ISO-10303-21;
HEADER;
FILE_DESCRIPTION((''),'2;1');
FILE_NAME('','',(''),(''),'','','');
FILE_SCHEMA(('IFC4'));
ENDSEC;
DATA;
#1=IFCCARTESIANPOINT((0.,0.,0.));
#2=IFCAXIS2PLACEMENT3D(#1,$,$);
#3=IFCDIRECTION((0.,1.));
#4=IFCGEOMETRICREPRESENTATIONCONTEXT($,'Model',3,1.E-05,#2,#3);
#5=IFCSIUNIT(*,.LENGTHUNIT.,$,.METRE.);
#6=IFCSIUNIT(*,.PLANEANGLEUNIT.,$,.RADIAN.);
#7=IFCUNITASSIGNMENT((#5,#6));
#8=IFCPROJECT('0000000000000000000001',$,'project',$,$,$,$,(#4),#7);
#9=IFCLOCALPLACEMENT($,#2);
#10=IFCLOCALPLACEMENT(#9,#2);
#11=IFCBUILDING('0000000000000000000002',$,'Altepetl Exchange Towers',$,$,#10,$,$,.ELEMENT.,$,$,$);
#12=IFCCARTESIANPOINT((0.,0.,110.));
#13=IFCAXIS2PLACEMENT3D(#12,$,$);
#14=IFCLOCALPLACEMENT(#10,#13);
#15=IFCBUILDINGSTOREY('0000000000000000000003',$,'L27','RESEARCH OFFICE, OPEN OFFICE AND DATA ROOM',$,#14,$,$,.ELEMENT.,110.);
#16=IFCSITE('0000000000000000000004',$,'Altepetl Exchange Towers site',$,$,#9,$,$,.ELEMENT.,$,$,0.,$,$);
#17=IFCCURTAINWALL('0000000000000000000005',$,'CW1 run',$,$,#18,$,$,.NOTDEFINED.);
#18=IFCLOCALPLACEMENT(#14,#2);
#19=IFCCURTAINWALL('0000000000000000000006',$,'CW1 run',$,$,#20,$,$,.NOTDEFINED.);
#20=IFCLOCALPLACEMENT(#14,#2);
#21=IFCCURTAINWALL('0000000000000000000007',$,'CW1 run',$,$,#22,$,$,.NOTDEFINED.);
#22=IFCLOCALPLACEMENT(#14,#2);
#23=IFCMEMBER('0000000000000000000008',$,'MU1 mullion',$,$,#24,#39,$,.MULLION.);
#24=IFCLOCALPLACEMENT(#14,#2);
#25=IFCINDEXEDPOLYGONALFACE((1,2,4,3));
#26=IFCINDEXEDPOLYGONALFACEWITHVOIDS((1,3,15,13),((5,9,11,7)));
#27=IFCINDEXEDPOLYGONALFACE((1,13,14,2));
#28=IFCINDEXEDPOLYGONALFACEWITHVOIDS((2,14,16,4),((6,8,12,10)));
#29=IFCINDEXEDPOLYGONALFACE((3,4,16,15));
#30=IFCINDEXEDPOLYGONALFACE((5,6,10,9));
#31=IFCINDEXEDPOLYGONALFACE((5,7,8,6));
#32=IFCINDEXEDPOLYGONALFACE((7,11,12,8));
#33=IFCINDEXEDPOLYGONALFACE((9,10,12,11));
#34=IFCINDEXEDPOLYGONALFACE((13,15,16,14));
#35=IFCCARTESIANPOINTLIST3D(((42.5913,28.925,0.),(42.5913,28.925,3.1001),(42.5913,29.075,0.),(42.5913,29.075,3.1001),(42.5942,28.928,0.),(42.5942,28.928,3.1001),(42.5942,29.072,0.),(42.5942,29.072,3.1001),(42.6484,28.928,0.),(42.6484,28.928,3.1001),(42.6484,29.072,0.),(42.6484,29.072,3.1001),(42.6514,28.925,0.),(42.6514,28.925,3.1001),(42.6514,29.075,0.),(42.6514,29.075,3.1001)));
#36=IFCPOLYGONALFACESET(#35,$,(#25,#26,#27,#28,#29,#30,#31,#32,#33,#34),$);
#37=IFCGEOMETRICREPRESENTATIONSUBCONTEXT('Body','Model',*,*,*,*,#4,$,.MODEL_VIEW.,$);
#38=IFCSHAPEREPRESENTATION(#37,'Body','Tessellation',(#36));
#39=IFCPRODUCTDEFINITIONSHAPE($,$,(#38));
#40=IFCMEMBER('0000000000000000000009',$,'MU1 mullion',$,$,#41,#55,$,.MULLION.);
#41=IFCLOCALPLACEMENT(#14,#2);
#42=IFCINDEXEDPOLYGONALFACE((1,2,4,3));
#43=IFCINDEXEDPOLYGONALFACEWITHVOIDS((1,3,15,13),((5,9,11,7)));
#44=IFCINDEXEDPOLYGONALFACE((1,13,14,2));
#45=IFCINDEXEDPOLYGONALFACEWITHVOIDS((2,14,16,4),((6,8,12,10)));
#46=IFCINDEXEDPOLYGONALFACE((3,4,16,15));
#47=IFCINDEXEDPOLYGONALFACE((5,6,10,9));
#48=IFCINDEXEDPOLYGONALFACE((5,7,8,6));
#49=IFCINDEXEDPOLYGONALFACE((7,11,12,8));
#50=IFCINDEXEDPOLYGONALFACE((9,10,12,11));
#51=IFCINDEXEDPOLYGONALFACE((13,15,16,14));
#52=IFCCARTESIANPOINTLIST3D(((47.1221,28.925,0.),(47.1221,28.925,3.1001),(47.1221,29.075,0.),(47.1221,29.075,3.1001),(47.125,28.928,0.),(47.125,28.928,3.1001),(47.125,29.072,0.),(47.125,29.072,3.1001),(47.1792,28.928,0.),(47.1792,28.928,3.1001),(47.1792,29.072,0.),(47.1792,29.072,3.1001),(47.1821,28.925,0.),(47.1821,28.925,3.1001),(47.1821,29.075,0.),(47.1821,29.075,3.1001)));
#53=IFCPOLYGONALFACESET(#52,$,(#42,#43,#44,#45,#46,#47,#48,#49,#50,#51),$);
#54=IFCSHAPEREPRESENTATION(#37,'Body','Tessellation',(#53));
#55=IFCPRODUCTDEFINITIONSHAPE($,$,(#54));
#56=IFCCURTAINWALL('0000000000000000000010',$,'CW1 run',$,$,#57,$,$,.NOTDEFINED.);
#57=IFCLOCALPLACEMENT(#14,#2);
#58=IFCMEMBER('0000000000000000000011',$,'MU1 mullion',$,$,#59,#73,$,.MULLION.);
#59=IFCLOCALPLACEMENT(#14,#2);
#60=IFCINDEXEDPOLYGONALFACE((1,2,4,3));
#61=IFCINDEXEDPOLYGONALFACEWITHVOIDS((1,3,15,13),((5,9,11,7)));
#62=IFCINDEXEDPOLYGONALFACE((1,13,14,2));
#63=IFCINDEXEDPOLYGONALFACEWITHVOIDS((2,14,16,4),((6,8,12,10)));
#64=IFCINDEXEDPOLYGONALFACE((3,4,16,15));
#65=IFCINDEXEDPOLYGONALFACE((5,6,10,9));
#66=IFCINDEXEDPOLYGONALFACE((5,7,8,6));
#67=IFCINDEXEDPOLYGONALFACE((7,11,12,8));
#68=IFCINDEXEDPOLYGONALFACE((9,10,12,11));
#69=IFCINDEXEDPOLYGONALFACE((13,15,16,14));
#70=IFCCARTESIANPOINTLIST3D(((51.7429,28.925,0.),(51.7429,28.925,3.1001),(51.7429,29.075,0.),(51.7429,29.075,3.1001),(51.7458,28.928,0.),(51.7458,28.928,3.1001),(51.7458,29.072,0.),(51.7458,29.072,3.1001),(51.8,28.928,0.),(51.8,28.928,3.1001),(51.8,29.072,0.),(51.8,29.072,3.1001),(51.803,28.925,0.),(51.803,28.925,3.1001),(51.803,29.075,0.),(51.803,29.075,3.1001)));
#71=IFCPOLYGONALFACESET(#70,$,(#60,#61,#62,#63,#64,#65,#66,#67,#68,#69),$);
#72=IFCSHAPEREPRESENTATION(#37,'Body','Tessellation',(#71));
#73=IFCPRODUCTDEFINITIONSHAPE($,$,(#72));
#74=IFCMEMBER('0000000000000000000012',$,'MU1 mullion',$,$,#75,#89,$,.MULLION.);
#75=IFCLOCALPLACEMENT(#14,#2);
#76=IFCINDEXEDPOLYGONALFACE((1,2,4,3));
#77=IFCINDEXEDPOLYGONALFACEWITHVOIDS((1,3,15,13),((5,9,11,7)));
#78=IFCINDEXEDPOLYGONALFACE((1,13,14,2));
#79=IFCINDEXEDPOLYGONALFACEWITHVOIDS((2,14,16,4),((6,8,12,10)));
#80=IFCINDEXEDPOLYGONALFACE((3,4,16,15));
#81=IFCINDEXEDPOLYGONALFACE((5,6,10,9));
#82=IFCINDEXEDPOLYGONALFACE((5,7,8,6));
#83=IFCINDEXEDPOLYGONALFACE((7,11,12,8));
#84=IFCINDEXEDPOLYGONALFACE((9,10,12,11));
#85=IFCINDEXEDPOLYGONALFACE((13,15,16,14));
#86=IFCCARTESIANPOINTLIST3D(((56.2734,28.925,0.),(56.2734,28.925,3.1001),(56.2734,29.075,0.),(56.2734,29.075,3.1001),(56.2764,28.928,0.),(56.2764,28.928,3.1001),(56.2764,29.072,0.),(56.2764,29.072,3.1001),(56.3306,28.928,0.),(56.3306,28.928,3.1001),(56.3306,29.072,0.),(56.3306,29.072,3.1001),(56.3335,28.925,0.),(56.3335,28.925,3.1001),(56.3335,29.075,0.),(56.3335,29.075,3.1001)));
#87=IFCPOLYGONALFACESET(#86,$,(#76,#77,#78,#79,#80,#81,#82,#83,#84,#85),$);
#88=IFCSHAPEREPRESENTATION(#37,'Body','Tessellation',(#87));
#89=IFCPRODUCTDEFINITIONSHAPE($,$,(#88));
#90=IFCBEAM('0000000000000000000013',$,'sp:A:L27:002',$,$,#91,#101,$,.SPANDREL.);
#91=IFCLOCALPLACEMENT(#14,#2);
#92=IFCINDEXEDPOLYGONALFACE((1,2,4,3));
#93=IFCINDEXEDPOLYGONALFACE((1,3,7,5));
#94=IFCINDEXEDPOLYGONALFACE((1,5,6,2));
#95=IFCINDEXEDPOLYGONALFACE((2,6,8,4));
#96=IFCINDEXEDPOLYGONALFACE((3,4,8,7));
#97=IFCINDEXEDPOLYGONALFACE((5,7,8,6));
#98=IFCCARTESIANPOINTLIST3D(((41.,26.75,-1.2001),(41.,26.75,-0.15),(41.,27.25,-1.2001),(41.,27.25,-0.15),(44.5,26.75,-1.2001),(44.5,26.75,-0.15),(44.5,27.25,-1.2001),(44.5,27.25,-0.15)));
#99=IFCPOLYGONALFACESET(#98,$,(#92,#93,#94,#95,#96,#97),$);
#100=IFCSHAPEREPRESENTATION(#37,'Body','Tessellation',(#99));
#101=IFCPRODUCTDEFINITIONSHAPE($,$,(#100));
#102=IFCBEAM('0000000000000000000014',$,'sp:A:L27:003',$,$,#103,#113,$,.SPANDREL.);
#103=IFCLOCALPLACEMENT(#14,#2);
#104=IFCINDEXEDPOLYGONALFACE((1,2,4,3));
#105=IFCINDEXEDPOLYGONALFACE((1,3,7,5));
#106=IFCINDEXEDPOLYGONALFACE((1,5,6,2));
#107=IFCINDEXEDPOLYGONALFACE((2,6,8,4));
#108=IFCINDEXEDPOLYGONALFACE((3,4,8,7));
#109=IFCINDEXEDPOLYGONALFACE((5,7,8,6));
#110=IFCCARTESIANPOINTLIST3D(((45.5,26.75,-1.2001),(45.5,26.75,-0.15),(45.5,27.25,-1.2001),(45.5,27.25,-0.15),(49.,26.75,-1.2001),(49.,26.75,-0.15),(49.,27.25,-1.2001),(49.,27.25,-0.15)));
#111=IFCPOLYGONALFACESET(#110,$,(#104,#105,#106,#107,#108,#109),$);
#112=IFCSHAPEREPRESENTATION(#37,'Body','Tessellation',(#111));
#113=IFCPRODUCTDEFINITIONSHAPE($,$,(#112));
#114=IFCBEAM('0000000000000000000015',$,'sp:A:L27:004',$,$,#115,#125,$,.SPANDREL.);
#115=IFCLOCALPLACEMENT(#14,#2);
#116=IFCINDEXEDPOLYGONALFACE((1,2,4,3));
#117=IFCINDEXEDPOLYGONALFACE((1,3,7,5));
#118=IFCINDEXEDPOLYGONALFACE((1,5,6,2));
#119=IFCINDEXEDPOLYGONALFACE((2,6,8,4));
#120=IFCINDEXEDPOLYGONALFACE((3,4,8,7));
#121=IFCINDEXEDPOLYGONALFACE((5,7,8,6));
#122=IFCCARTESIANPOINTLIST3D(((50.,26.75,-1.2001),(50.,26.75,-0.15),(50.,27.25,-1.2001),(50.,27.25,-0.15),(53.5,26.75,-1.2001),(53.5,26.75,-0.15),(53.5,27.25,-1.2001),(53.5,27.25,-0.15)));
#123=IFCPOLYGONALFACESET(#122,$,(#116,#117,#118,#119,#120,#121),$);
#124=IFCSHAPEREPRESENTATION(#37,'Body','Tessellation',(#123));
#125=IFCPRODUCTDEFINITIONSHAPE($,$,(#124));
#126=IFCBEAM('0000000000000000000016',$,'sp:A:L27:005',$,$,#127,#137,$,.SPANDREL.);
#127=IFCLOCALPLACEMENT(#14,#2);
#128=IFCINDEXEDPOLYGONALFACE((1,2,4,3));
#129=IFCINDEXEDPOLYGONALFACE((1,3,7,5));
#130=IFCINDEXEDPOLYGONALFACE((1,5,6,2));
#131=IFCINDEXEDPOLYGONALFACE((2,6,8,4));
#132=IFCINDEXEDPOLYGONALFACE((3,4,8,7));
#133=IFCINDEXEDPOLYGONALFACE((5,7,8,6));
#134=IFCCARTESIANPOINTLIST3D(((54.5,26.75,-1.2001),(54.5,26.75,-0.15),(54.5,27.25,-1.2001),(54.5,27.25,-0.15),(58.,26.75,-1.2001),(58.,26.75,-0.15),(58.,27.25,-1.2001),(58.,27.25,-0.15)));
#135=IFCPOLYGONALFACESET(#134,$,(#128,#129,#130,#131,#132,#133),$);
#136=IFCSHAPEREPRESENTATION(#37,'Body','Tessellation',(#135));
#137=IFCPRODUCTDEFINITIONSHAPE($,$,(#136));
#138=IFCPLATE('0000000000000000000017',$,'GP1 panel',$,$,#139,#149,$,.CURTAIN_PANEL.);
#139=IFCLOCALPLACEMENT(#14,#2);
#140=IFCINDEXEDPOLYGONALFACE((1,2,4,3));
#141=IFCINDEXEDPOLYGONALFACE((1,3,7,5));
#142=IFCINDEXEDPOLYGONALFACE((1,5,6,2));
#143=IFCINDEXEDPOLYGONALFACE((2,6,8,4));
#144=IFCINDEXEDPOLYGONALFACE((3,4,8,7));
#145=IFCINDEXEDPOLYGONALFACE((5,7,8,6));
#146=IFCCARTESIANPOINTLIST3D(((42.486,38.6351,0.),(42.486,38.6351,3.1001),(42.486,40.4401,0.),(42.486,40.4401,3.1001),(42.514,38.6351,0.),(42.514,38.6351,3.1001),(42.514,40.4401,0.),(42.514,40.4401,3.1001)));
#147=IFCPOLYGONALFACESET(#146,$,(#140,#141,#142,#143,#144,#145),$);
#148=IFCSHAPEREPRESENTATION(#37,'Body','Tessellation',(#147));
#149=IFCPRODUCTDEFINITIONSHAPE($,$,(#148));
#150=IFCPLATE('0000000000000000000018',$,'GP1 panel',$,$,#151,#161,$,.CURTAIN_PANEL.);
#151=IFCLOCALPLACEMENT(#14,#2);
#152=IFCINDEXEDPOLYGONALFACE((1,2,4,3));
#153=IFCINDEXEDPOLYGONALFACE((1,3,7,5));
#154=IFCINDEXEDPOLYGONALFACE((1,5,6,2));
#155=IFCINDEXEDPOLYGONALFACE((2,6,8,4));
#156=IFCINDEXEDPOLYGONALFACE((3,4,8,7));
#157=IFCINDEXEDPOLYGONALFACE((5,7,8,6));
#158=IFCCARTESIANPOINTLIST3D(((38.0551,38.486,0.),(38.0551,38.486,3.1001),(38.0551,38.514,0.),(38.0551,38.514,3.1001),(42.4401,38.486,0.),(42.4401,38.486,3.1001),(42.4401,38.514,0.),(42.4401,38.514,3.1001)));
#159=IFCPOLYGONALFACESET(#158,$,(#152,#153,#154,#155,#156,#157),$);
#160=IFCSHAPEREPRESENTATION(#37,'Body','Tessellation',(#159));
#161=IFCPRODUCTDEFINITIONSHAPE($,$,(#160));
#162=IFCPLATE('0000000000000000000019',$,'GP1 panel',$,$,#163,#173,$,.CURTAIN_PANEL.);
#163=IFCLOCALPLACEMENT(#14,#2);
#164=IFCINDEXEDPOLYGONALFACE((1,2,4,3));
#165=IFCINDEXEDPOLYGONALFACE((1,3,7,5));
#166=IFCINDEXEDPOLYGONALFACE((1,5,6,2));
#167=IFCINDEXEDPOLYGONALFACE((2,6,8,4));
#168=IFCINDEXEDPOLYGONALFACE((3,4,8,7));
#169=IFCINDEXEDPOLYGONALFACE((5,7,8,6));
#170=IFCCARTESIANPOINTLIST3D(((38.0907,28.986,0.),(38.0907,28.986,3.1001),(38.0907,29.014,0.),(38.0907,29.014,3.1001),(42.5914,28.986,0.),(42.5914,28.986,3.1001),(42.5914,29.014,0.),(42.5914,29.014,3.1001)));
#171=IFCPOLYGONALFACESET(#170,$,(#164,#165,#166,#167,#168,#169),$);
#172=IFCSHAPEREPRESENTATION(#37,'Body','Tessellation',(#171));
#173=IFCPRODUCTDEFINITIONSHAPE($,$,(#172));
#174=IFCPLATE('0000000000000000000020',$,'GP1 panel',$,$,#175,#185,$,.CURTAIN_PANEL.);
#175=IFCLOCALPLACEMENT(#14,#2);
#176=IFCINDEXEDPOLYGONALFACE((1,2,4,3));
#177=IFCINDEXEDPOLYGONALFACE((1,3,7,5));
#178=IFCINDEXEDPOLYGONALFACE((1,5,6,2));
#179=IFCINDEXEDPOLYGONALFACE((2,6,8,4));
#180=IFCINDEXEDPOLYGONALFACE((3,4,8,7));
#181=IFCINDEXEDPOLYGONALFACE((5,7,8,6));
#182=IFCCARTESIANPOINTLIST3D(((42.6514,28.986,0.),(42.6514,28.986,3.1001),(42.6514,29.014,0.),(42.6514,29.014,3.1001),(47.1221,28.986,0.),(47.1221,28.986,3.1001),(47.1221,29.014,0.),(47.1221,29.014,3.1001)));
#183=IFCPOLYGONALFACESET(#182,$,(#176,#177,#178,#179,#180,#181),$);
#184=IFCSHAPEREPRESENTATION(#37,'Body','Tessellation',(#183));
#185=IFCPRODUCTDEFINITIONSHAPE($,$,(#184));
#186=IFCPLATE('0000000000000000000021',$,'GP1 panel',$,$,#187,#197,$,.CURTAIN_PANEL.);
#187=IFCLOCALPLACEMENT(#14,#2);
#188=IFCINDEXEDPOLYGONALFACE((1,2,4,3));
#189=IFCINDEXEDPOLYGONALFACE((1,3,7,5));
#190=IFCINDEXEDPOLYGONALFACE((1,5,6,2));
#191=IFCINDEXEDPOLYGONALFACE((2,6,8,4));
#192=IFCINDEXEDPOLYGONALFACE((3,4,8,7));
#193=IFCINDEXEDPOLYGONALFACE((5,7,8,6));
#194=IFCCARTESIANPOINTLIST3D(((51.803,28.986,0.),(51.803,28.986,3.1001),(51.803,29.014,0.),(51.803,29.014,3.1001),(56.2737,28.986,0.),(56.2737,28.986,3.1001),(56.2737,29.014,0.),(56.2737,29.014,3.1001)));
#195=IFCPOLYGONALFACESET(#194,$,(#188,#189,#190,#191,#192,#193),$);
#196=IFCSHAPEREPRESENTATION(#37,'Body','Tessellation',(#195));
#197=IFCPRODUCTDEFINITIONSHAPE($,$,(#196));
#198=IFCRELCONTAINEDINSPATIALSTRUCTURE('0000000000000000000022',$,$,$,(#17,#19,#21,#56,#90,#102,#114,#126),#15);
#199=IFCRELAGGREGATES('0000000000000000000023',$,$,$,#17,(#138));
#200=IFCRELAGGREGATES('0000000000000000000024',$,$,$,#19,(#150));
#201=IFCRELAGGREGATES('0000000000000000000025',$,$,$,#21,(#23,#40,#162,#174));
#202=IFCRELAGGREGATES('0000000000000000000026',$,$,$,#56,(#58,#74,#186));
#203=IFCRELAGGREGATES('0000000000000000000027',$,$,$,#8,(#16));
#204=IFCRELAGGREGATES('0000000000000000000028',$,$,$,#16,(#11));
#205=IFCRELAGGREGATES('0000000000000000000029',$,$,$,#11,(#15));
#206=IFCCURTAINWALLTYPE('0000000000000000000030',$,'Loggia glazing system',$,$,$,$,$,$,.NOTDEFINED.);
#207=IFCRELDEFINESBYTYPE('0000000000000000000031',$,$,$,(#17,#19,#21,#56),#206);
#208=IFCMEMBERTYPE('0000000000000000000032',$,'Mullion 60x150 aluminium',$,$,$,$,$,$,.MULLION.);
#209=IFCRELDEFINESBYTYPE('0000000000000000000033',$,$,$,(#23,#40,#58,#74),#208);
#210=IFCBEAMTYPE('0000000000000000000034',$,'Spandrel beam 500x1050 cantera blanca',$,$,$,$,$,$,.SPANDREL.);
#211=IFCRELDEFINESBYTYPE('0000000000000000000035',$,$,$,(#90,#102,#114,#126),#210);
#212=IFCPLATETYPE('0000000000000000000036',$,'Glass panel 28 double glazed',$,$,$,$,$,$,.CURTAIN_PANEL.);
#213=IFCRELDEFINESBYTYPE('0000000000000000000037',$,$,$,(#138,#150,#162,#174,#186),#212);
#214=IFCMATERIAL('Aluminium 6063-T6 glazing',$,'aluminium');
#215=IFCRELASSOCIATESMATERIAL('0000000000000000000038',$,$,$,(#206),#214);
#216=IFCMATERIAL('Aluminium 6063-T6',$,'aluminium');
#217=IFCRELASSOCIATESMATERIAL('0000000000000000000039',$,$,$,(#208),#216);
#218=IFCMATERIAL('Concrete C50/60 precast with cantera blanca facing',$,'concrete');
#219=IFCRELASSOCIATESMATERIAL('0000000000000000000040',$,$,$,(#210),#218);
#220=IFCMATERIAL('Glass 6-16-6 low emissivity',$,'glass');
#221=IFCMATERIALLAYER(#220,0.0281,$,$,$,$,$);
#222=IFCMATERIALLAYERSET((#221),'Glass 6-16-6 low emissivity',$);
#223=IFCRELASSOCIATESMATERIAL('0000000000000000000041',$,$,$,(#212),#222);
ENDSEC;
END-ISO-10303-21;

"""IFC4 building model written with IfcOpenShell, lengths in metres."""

from ifc_helpers import new_model, si_unit, direction, frame, origin, origin_2d, place, context, subcontext, project, spatial, rectangle, hollow_rectangle, extrude, material, layer, layer_set, material_profile, profile_set, type_object, element, aggregate, save


model = new_model("IFC4")

# Units and contexts
model_context = context("Model", 3, precision=1e-05, world=origin(), true_north=direction((0.0, 1.0)))
body_context = subcontext(model_context, "Body", "Model", "MODEL_VIEW")
ifc_project = project(units=[si_unit("LENGTHUNIT", "METRE"), si_unit("PLANEANGLEUNIT", "RADIAN")], contexts=[model_context])

# Site, building, storey
site_placement = place(None, origin())
site = spatial("IfcSite", under=ifc_project, at=site_placement, Name="Altepetl Exchange Towers site", CompositionType="ELEMENT", RefElevation=0.0)
building_placement = place(site_placement, origin())
building = spatial("IfcBuilding", under=site, at=building_placement, Name="Altepetl Exchange Towers", CompositionType="ELEMENT")
storey_placement = place(building_placement, frame((0.0, 0.0, 110.0)))
storey = spatial("IfcBuildingStorey", under=building, at=storey_placement, Name="L27", Description="RESEARCH OFFICE, OPEN OFFICE AND DATA ROOM", CompositionType="ELEMENT", Elevation=110.0)

# Curtain walls
ifc_material_1 = material(Name="Aluminium 6063-T6 glazing", Category="aluminium")
curtain_wall_type = type_object("IfcCurtainWallType", Name="Loggia glazing system", PredefinedType="NOTDEFINED", material=ifc_material_1)
curtain_wall_1_placement = place(storey_placement, origin())
curtain_wall_1 = element("IfcCurtainWall", 1, at=curtain_wall_1_placement, inside=storey, type_object=curtain_wall_type, Name="CW1 run", PredefinedType="NOTDEFINED")
ifc_material_2 = material(Name="Aluminium 6063-T6", Category="aluminium")
ifc_material_profile_1 = material_profile(ifc_material_2, hollow_rectangle(XDim=0.0601, YDim=0.1499, WallThickness=0.0029, at=origin_2d()), Name="Mullion 60x150 aluminium")
ifc_profile_set_1 = profile_set([ifc_material_profile_1], Name="Aluminium 6063-T6")
member_type = type_object("IfcMemberType", Name="Mullion 60x150 aluminium", PredefinedType="MULLION", material=ifc_profile_set_1)
curtain_wall_2_placement = place(storey_placement, origin())
curtain_wall_2 = element("IfcCurtainWall", 2, at=curtain_wall_2_placement, inside=storey, type_object=curtain_wall_type, Name="CW1 run", PredefinedType="NOTDEFINED")

# Curtain walls, members
curtain_wall_3_placement = place(storey_placement, origin())
curtain_wall_3 = element("IfcCurtainWall", 3, at=curtain_wall_3_placement, inside=storey, type_object=curtain_wall_type, Name="CW1 run", PredefinedType="NOTDEFINED")
member_1_placement = place(storey_placement, frame((42.6213, 29.0, 0.0)))
member_1 = element("IfcMember", 4, at=member_1_placement, type_object=member_type, Name="MU1 mullion", PredefinedType="MULLION", context=body_context, shape_type="SweptSolid", body=[
    extrude(hollow_rectangle(XDim=0.0601, YDim=0.1499, WallThickness=0.0029, at=origin_2d()), origin(), (0.0, 0.0, 1.0), 3.1001),
])
member_2_placement = place(storey_placement, frame((47.1521, 29.0, 0.0)))
member_2 = element("IfcMember", 5, at=member_2_placement, type_object=member_type, Name="MU1 mullion", PredefinedType="MULLION", context=body_context, shape_type="SweptSolid", body=[
    extrude(hollow_rectangle(XDim=0.0601, YDim=0.1499, WallThickness=0.0029, at=origin_2d()), origin(), (0.0, 0.0, 1.0), 3.1001),
])
curtain_wall_4_placement = place(storey_placement, origin())
curtain_wall_4 = element("IfcCurtainWall", 6, at=curtain_wall_4_placement, inside=storey, type_object=curtain_wall_type, Name="CW1 run", PredefinedType="NOTDEFINED")
member_3_placement = place(storey_placement, frame((51.7729, 29.0, 0.0)))
member_3 = element("IfcMember", 7, at=member_3_placement, type_object=member_type, Name="MU1 mullion", PredefinedType="MULLION", context=body_context, shape_type="SweptSolid", body=[
    extrude(hollow_rectangle(XDim=0.0601, YDim=0.1499, WallThickness=0.0029, at=origin_2d()), origin(), (0.0, 0.0, 1.0), 3.1001),
])
member_4_placement = place(storey_placement, frame((56.3035, 29.0, 0.0)))
member_4 = element("IfcMember", 8, at=member_4_placement, type_object=member_type, Name="MU1 mullion", PredefinedType="MULLION", context=body_context, shape_type="SweptSolid", body=[
    extrude(hollow_rectangle(XDim=0.0601, YDim=0.1499, WallThickness=0.0029, at=origin_2d()), origin(), (0.0, 0.0, 1.0), 3.1001),
])

# Beams
ifc_material_3 = material(Name="Concrete C50/60 precast with cantera blanca facing", Category="concrete")
ifc_material_profile_2 = material_profile(ifc_material_3, rectangle(XDim=0.5, YDim=1.05, at=origin_2d()), Name="500 x 1050")
ifc_profile_set_2 = profile_set([ifc_material_profile_2], Name="Concrete C50/60 precast with cantera blanca facing")
beam_type_1 = type_object("IfcBeamType", Name="Spandrel beam 500x1050 cantera blanca", PredefinedType="SPANDREL", material=ifc_profile_set_2)
for number, where, z_axis, x_axis, name in (
    (9, (41.0, 27.0, -0.675), (1.0, 0.0, 0.0), (0.0, 1.0, 0.0), "sp:A:L27:002"),
    (10, (45.5, 27.0, -0.675), (1.0, 0.0, 0.0), (0.0, 1.0, 0.0), "sp:A:L27:003"),
    (11, (50.0, 27.0, -0.675), (1.0, 0.0, 0.0), (0.0, 1.0, 0.0), "sp:A:L27:004"),
    (12, (54.5, 27.0, -0.675), (1.0, 0.0, 0.0), (0.0, 1.0, 0.0), "sp:A:L27:005"),
):
    element("IfcBeam", number, at=place(storey_placement, frame(where, z_axis=z_axis, x_axis=x_axis)), inside=storey, type_object=beam_type_1, Name=name, PredefinedType="SPANDREL", context=body_context, shape_type="SweptSolid", body=[
        extrude(rectangle(XDim=0.5, YDim=1.05, at=origin_2d()), origin(), (0.0, 0.0, 1.0), 3.5),
    ])

# Plates
ifc_material_4 = material(Name="Glass 6-16-6 low emissivity", Category="glass")
ifc_layer_1 = layer(ifc_material_4, 0.0281)
ifc_layer_set_1 = layer_set([ifc_layer_1], Name="Glass 6-16-6 low emissivity")
plate_type = type_object("IfcPlateType", Name="Glass panel 28 double glazed", PredefinedType="CURTAIN_PANEL", material=ifc_layer_set_1)
plate_1_placement = place(storey_placement, frame((42.5, 39.5376, 0.0), z_axis=(0.0, 0.0, 1.0), x_axis=(0.0, -1.0, 0.0)))
plate_1 = element("IfcPlate", 13, at=plate_1_placement, type_object=plate_type, Name="GP1 panel", PredefinedType="CURTAIN_PANEL", context=body_context, shape_type="SweptSolid", body=[
    extrude(rectangle(XDim=1.8049, YDim=0.0281, at=origin_2d()), origin(), (0.0, 0.0, 1.0), 3.1001),
])
aggregate(curtain_wall_1, [plate_1])
plate_2_placement = place(storey_placement, frame((40.2476, 38.5, 0.0), z_axis=(0.0, 0.0, 1.0), x_axis=(-1.0, 0.0, 0.0)))
plate_2 = element("IfcPlate", 14, at=plate_2_placement, type_object=plate_type, Name="GP1 panel", PredefinedType="CURTAIN_PANEL", context=body_context, shape_type="SweptSolid", body=[
    extrude(rectangle(XDim=4.385, YDim=0.0281, at=origin_2d()), origin(), (0.0, 0.0, 1.0), 3.1001),
])
aggregate(curtain_wall_2, [plate_2])
plate_3_placement = place(storey_placement, frame((40.3411, 29.0, 0.0)))
plate_3 = element("IfcPlate", 15, at=plate_3_placement, type_object=plate_type, Name="GP1 panel", PredefinedType="CURTAIN_PANEL", context=body_context, shape_type="SweptSolid", body=[
    extrude(rectangle(XDim=4.5007, YDim=0.0281, at=origin_2d()), origin(), (0.0, 0.0, 1.0), 3.1001),
])
plate_4_placement = place(storey_placement, frame((44.8867, 29.0, 0.0)))
plate_4 = element("IfcPlate", 16, at=plate_4_placement, type_object=plate_type, Name="GP1 panel", PredefinedType="CURTAIN_PANEL", context=body_context, shape_type="SweptSolid", body=[
    extrude(rectangle(XDim=4.4707, YDim=0.0281, at=origin_2d()), origin(), (0.0, 0.0, 1.0), 3.1001),
])
aggregate(curtain_wall_3, [member_1, member_2, plate_3, plate_4])
plate_5_placement = place(storey_placement, frame((54.0383, 29.0, 0.0)))
plate_5 = element("IfcPlate", 17, at=plate_5_placement, type_object=plate_type, Name="GP1 panel", PredefinedType="CURTAIN_PANEL", context=body_context, shape_type="SweptSolid", body=[
    extrude(rectangle(XDim=4.4707, YDim=0.0281, at=origin_2d()), origin(), (0.0, 0.0, 1.0), 3.1001),
])
aggregate(curtain_wall_4, [member_3, member_4, plate_5])

save(model, "model.ifc")
